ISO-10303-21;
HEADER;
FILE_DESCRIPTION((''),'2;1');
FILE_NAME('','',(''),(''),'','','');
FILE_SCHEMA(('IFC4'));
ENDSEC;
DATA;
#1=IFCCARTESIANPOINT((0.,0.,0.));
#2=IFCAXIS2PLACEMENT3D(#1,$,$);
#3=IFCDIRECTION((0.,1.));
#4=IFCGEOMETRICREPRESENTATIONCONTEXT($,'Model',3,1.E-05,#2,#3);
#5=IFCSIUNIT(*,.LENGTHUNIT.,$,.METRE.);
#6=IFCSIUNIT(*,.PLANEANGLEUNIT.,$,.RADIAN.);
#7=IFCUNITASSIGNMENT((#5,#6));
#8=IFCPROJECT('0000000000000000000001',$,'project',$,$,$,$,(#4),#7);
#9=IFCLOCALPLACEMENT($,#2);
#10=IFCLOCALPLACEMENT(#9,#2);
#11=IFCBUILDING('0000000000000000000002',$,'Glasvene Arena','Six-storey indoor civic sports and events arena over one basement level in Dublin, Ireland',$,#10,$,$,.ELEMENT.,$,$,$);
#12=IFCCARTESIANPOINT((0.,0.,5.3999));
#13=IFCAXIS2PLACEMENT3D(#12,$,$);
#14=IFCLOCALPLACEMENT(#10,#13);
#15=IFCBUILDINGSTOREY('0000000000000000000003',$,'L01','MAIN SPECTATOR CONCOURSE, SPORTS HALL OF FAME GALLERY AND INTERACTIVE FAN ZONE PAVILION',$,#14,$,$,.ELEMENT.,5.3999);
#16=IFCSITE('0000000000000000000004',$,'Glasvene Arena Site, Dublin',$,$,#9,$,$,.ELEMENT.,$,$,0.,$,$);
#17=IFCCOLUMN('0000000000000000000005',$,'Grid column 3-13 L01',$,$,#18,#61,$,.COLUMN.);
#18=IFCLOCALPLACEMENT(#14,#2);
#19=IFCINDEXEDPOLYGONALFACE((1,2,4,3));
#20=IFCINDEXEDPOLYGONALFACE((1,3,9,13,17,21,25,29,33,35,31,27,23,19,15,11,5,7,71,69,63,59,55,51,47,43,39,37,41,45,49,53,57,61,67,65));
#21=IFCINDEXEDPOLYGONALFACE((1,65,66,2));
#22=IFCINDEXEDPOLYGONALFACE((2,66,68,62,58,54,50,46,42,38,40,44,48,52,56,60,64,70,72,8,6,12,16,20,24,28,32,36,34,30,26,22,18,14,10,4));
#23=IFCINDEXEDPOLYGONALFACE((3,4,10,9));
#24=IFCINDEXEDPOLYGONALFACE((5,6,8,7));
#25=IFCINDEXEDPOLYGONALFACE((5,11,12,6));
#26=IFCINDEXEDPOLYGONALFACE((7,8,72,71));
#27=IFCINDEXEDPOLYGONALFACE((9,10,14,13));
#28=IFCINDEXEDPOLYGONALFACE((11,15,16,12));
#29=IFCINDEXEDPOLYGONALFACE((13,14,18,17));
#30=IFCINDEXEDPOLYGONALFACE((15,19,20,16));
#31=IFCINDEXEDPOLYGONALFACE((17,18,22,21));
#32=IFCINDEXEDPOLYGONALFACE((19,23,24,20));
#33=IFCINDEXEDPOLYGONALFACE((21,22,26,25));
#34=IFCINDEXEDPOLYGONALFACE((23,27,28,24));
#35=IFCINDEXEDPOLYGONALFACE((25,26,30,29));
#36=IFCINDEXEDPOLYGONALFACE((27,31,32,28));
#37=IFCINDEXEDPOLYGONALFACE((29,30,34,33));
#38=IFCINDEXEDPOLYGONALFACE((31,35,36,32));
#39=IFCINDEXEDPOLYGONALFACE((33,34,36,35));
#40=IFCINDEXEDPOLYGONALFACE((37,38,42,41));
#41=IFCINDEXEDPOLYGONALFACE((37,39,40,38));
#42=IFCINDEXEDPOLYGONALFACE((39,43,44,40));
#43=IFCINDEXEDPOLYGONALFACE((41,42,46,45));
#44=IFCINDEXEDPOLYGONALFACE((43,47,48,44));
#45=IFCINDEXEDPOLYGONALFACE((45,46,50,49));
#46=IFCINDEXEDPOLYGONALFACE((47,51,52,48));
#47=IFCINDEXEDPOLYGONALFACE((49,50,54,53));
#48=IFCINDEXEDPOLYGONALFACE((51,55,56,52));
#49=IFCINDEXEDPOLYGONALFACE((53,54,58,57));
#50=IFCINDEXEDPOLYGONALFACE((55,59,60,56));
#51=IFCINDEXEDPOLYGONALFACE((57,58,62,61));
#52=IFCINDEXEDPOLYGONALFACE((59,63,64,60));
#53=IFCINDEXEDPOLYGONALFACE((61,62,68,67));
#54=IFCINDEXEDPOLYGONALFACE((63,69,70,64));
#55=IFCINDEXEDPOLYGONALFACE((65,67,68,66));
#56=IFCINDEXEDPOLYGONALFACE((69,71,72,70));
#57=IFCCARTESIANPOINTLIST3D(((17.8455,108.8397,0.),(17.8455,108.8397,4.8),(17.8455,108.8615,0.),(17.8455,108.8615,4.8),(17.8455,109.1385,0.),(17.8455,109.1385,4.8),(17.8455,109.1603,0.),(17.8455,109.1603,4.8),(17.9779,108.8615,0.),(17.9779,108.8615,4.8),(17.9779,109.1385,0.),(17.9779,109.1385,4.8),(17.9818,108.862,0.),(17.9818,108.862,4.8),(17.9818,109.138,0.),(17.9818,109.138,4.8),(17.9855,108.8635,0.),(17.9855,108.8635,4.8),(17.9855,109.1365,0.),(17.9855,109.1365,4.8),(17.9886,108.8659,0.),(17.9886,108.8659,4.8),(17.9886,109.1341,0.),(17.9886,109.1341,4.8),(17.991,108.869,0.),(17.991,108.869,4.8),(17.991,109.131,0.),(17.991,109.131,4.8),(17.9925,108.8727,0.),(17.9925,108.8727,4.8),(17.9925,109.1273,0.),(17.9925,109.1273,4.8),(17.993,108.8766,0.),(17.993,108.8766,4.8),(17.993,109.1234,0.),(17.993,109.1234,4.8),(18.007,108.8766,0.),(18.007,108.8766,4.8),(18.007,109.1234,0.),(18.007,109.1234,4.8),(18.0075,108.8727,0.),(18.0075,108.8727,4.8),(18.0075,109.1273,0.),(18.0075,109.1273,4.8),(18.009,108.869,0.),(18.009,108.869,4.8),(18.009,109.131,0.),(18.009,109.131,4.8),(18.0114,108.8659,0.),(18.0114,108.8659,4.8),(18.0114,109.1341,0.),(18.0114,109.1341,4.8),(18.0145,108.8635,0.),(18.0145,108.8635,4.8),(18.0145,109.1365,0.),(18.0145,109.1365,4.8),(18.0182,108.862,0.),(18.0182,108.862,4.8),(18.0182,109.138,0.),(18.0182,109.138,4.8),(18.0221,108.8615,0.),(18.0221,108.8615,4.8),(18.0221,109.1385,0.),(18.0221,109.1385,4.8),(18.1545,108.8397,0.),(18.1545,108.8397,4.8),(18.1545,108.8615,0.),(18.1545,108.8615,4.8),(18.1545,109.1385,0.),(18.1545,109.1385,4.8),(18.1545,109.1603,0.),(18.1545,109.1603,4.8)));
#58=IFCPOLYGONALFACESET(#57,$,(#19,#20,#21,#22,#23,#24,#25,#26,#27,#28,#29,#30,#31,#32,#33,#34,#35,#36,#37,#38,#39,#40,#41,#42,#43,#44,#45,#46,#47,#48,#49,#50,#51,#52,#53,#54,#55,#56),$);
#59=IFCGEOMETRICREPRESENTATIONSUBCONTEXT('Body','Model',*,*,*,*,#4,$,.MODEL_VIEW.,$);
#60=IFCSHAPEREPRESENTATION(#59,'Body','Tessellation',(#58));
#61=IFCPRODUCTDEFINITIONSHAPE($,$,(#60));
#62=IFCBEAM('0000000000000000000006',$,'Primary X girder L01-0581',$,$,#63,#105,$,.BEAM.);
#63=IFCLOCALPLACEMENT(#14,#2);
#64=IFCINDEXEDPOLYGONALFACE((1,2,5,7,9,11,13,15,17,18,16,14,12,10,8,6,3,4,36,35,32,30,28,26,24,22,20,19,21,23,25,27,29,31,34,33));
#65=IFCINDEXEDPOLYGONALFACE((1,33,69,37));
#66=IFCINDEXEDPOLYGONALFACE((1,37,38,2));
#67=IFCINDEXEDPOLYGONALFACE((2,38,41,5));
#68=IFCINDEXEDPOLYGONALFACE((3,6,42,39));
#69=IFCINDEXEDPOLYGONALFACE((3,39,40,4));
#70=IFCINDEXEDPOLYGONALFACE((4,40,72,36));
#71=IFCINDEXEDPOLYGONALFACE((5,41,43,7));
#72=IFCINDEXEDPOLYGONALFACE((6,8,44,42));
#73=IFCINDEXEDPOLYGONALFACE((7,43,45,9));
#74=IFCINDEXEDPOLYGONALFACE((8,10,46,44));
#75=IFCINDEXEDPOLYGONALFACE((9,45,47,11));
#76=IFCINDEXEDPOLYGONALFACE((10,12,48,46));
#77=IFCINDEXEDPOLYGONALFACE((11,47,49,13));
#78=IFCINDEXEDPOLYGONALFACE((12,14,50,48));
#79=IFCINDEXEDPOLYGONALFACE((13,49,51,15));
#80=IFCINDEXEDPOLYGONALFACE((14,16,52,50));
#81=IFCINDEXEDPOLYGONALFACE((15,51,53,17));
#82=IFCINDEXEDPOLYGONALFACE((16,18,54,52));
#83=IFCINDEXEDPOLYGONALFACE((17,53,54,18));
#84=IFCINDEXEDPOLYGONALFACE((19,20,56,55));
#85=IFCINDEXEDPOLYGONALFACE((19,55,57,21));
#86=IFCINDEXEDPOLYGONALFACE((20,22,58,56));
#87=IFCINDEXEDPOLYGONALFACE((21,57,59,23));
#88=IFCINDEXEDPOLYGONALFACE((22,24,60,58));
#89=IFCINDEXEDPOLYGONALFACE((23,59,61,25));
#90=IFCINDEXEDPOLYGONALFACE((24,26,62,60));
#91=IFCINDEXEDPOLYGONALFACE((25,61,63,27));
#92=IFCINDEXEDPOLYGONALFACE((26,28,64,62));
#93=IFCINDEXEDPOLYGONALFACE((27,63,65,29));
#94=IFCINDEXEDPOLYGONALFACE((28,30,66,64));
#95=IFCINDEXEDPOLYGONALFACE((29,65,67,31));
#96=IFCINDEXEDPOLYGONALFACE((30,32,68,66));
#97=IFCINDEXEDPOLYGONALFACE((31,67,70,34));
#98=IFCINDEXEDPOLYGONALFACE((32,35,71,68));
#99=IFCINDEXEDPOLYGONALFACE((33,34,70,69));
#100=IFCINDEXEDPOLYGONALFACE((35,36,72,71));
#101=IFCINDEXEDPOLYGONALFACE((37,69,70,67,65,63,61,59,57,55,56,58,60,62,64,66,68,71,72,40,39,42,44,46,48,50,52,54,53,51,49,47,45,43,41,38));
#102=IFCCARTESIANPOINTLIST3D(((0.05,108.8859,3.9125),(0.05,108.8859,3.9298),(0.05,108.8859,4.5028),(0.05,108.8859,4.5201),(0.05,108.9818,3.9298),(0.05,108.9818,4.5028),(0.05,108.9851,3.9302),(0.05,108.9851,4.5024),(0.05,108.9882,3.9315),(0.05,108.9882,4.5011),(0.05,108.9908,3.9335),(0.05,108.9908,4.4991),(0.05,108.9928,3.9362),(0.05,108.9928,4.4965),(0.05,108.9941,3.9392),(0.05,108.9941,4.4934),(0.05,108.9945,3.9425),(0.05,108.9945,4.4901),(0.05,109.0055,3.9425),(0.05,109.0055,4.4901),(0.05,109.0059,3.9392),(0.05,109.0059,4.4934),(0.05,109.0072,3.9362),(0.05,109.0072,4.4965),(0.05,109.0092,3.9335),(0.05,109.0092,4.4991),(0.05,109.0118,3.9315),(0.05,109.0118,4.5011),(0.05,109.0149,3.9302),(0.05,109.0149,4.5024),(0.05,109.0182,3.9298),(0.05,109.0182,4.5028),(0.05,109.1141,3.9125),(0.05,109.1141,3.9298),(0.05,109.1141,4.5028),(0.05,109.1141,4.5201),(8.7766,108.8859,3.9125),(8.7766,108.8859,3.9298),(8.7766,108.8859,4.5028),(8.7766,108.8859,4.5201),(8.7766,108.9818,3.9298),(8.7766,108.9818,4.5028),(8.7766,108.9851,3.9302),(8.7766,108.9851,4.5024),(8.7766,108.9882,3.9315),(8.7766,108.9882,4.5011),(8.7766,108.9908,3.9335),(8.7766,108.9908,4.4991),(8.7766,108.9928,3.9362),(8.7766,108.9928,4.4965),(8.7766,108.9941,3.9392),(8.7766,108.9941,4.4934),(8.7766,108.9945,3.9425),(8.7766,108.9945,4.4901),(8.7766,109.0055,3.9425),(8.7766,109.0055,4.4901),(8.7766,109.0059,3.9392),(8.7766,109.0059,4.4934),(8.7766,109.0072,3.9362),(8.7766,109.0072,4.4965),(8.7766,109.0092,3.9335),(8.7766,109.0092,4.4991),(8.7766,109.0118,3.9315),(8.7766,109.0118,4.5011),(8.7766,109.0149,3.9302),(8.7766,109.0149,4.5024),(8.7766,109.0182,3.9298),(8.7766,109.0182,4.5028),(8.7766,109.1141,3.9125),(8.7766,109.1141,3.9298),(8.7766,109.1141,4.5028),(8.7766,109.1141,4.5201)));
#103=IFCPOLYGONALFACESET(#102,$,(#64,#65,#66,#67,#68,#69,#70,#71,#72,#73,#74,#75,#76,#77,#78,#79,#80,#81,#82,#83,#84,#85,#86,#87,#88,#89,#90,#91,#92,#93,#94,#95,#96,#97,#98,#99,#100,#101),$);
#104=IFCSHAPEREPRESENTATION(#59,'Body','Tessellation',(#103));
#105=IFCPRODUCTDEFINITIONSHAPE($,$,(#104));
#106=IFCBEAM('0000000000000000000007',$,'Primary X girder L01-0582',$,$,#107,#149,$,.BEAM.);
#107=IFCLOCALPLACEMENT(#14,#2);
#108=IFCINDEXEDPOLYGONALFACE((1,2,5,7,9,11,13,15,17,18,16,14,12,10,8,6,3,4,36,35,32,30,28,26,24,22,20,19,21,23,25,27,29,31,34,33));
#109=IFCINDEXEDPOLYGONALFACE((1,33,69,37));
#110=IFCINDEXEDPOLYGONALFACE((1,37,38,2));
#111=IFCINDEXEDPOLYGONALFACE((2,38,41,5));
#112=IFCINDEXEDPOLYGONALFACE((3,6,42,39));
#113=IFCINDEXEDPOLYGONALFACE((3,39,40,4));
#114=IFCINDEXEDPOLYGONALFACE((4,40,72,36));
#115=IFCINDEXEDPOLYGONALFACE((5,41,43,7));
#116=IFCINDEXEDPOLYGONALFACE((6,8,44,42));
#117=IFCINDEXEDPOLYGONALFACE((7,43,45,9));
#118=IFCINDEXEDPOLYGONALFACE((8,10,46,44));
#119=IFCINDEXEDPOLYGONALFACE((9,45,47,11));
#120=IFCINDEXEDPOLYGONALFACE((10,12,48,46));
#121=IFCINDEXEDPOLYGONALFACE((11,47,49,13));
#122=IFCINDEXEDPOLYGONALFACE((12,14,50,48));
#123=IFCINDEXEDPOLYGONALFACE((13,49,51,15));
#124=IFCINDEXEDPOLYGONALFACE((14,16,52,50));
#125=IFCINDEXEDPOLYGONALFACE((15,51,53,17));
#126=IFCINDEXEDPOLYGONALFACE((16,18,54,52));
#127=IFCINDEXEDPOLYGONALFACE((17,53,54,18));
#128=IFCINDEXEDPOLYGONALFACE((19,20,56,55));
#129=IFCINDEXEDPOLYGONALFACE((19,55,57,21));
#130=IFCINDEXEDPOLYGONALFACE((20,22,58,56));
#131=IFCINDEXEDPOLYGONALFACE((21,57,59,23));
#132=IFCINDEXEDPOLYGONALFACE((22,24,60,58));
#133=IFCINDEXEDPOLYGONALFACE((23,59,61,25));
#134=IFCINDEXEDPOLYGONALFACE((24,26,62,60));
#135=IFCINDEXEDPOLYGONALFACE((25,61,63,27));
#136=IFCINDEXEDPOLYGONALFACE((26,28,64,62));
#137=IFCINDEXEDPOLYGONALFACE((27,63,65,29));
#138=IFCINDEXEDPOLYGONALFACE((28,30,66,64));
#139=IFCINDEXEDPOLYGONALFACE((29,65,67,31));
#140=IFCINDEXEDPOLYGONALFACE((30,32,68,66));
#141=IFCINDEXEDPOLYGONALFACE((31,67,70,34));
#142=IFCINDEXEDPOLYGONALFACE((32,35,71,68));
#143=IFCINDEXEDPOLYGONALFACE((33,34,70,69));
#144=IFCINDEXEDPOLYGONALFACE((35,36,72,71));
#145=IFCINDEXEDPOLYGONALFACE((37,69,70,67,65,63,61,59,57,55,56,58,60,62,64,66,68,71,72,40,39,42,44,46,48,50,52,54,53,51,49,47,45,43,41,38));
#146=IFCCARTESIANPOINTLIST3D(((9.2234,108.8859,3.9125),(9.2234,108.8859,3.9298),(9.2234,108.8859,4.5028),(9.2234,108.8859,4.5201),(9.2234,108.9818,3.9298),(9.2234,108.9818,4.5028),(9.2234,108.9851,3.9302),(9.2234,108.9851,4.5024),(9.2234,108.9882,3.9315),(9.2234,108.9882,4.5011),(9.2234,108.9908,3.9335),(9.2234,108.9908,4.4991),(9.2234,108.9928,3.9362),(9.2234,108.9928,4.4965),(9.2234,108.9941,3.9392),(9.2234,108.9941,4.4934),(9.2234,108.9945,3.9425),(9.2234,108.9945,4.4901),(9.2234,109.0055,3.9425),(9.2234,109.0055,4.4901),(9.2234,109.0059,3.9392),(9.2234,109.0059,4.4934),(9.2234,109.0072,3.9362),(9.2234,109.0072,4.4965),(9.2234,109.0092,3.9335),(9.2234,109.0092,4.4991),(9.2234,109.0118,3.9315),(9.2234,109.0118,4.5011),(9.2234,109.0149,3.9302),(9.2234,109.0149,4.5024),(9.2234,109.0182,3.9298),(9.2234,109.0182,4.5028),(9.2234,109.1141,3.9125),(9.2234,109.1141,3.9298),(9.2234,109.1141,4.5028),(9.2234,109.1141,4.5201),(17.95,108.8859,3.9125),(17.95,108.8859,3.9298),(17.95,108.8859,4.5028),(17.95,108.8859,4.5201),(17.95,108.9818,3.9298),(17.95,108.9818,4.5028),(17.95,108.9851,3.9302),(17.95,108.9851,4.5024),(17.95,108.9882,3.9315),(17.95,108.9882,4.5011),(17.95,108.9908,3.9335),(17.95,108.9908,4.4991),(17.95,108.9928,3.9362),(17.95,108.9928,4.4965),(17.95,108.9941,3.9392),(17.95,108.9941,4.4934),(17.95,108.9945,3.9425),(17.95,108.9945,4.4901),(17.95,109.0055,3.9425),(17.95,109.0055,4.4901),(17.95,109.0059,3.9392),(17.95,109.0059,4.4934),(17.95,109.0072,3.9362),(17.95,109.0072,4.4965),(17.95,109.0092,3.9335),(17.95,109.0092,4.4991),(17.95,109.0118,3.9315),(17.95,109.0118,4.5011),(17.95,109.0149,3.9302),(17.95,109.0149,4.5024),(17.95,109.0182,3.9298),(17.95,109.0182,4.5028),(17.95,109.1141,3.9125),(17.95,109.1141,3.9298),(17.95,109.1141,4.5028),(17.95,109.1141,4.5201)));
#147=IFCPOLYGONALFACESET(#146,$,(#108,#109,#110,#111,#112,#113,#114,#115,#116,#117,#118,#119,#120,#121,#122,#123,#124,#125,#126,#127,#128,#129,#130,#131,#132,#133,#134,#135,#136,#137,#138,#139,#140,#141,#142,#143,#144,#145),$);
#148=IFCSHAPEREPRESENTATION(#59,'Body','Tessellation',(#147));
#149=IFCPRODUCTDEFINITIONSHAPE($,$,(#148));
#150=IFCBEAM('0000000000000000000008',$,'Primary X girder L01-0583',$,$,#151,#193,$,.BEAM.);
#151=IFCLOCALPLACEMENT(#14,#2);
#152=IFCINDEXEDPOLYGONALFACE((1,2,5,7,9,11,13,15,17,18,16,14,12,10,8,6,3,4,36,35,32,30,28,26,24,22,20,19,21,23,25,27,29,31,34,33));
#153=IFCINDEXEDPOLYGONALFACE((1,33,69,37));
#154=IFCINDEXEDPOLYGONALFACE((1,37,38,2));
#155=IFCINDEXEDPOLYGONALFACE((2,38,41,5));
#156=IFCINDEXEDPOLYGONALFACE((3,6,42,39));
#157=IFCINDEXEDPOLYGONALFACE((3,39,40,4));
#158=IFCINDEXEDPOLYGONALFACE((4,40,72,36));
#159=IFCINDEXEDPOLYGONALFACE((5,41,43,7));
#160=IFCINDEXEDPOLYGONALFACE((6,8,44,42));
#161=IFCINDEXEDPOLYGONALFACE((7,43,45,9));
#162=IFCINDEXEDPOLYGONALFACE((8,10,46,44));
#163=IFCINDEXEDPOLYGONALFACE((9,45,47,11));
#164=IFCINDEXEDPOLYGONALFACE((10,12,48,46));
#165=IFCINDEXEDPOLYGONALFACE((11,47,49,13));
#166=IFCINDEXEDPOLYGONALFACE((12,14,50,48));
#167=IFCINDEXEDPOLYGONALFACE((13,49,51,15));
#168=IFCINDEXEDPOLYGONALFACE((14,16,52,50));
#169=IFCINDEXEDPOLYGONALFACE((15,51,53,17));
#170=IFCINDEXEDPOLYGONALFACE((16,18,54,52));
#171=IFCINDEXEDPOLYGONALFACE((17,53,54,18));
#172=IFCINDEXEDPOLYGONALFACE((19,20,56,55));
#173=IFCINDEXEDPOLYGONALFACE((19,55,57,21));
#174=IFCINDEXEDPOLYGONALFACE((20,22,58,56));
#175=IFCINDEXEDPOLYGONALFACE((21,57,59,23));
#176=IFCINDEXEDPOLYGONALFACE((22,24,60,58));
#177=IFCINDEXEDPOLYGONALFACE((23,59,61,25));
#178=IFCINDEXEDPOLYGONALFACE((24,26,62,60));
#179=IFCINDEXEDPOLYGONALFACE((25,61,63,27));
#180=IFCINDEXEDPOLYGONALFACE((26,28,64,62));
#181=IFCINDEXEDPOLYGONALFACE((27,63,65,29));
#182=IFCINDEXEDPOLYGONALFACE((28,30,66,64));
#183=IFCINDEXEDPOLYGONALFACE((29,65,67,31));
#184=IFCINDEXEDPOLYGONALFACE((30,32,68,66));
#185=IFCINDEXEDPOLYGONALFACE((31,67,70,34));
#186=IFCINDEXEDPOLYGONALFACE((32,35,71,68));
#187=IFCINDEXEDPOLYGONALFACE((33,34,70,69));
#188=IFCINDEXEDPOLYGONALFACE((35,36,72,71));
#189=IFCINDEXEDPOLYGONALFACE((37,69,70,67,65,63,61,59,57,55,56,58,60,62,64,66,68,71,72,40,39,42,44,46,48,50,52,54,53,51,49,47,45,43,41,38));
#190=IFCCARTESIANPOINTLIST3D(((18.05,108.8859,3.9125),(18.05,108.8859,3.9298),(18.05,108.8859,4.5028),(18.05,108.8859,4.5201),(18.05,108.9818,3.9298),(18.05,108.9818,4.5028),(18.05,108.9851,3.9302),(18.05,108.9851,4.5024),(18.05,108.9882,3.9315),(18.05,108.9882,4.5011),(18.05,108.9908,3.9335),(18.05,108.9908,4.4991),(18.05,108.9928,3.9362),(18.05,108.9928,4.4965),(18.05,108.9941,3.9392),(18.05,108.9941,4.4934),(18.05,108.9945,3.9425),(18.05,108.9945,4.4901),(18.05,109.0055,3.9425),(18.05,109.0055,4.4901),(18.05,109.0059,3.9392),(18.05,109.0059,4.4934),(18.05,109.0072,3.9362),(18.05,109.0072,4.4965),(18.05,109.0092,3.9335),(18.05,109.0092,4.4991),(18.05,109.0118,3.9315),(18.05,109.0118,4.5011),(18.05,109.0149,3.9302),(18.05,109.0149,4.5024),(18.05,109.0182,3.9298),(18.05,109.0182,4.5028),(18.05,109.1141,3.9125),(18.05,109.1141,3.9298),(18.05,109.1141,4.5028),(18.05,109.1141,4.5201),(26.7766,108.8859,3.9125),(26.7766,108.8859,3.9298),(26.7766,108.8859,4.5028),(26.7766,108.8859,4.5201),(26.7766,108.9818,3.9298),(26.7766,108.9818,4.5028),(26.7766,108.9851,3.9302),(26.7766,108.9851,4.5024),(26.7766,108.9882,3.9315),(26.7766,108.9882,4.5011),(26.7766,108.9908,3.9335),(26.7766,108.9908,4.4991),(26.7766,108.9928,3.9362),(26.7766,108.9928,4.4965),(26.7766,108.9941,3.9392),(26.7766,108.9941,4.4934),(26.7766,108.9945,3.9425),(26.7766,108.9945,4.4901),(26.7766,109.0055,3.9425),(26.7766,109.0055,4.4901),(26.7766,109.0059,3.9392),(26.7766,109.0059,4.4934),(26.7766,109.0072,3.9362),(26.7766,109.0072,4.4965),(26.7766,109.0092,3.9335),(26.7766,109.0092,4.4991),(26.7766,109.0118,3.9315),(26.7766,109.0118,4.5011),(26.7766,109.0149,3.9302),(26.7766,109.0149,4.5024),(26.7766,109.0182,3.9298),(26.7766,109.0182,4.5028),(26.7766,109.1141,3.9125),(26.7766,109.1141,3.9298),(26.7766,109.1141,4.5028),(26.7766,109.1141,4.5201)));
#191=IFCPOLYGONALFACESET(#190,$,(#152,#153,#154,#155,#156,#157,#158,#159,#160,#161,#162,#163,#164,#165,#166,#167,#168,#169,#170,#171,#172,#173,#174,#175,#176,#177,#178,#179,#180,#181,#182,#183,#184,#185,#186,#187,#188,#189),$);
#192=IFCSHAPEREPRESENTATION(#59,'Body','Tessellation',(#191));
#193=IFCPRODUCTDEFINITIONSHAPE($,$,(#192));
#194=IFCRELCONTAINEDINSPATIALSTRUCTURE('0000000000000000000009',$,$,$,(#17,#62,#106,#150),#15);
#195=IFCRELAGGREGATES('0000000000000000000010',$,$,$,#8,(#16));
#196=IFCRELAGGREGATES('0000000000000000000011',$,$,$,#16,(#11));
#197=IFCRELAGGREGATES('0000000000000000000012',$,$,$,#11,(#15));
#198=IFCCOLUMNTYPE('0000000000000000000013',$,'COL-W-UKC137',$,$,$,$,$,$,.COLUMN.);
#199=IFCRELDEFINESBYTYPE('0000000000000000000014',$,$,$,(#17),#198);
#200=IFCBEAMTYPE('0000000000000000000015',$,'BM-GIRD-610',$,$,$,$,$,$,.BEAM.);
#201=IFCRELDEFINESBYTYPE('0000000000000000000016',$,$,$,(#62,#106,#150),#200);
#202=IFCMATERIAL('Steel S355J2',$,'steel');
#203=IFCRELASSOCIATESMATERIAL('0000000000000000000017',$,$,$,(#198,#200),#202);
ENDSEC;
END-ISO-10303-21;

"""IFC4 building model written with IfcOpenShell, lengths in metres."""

from ifc_helpers import new_model, si_unit, direction, frame, origin, origin_2d, place, context, subcontext, project, spatial, i_section, extrude, material, material_profile, profile_set, type_object, element, save


model = new_model("IFC4")

# Units and contexts
model_context = context("Model", 3, precision=1e-05, world=origin(), true_north=direction((0.0, 1.0)))
body_context = subcontext(model_context, "Body", "Model", "MODEL_VIEW")
ifc_project = project(units=[si_unit("LENGTHUNIT", "METRE"), si_unit("PLANEANGLEUNIT", "RADIAN")], contexts=[model_context])

# Site, building, storey
site_placement = place(None, origin())
site = spatial("IfcSite", under=ifc_project, at=site_placement, Name="Glasvene Arena Site, Dublin", CompositionType="ELEMENT", RefElevation=0.0)
building_placement = place(site_placement, origin())
building = spatial("IfcBuilding", under=site, at=building_placement, Name="Glasvene Arena", Description="Six-storey indoor civic sports and events arena over one basement level in Dublin, Ireland", CompositionType="ELEMENT")
storey_placement = place(building_placement, frame((0.0, 0.0, 5.3999)))
storey = spatial("IfcBuildingStorey", under=building, at=storey_placement, Name="L01", Description="MAIN SPECTATOR CONCOURSE, SPORTS HALL OF FAME GALLERY AND INTERACTIVE FAN ZONE PAVILION", CompositionType="ELEMENT", Elevation=5.3999)

# Column
ifc_material_1 = material(Name="Steel S355J2", Category="steel")
ifc_material_profile_1 = material_profile(ifc_material_1, i_section(OverallWidth=0.3091, OverallDepth=0.3206, WebThickness=0.0139, FlangeThickness=0.0217, FilletRadius=0.0151, at=origin_2d()), Name="UKC 305x305x137")
ifc_profile_set_1 = profile_set([ifc_material_profile_1], Name="Steel S355J2")
column_type_1 = type_object("IfcColumnType", Name="COL-W-UKC137", PredefinedType="COLUMN", material=ifc_profile_set_1)
for number, where, z_axis, x_axis, name in (
    (1, (18.0, 109.0, 0.0), (0.0, 0.0, 1.0), (1.0, 0.0, 0.0), "Grid column 3-13 L01"),
):
    element("IfcColumn", number, at=place(storey_placement, frame(where, z_axis=z_axis, x_axis=x_axis)), inside=storey, type_object=column_type_1, Name=name, PredefinedType="COLUMN", context=body_context, shape_type="SweptSolid", body=[
        extrude(i_section(OverallWidth=0.3091, OverallDepth=0.3206, WebThickness=0.0139, FlangeThickness=0.0217, FilletRadius=0.0151, at=origin_2d()), origin(), (0.0, 0.0, 1.0), 4.8),
    ])

# Beams
ifc_material_profile_2 = material_profile(ifc_material_1, i_section(OverallWidth=0.2283, OverallDepth=0.6077, WebThickness=0.011, FlangeThickness=0.0173, FilletRadius=0.0127, at=origin_2d()), Name="UKB 610x229x113")
ifc_profile_set_2 = profile_set([ifc_material_profile_2], Name="Steel S355J2")
beam_type_1 = type_object("IfcBeamType", Name="BM-GIRD-610", PredefinedType="BEAM", material=ifc_profile_set_2)
for number, where, z_axis, x_axis, name in (
    (2, (0.05, 109.0, 4.2163), (1.0, 0.0, 0.0), (0.0, 1.0, 0.0), "Primary X girder L01-0581"),
    (3, (9.2234, 109.0, 4.2163), (1.0, 0.0, 0.0), (0.0, 1.0, 0.0), "Primary X girder L01-0582"),
    (4, (18.05, 109.0, 4.2163), (1.0, 0.0, 0.0), (0.0, 1.0, 0.0), "Primary X girder L01-0583"),
):
    element("IfcBeam", number, at=place(storey_placement, frame(where, z_axis=z_axis, x_axis=x_axis)), inside=storey, type_object=beam_type_1, Name=name, PredefinedType="BEAM", context=body_context, shape_type="SweptSolid", body=[
        extrude(i_section(OverallWidth=0.2283, OverallDepth=0.6077, WebThickness=0.011, FlangeThickness=0.0173, FilletRadius=0.0127, at=origin_2d()), origin(), (0.0, 0.0, 1.0), 8.7266),
    ])

save(model, "model.ifc")
